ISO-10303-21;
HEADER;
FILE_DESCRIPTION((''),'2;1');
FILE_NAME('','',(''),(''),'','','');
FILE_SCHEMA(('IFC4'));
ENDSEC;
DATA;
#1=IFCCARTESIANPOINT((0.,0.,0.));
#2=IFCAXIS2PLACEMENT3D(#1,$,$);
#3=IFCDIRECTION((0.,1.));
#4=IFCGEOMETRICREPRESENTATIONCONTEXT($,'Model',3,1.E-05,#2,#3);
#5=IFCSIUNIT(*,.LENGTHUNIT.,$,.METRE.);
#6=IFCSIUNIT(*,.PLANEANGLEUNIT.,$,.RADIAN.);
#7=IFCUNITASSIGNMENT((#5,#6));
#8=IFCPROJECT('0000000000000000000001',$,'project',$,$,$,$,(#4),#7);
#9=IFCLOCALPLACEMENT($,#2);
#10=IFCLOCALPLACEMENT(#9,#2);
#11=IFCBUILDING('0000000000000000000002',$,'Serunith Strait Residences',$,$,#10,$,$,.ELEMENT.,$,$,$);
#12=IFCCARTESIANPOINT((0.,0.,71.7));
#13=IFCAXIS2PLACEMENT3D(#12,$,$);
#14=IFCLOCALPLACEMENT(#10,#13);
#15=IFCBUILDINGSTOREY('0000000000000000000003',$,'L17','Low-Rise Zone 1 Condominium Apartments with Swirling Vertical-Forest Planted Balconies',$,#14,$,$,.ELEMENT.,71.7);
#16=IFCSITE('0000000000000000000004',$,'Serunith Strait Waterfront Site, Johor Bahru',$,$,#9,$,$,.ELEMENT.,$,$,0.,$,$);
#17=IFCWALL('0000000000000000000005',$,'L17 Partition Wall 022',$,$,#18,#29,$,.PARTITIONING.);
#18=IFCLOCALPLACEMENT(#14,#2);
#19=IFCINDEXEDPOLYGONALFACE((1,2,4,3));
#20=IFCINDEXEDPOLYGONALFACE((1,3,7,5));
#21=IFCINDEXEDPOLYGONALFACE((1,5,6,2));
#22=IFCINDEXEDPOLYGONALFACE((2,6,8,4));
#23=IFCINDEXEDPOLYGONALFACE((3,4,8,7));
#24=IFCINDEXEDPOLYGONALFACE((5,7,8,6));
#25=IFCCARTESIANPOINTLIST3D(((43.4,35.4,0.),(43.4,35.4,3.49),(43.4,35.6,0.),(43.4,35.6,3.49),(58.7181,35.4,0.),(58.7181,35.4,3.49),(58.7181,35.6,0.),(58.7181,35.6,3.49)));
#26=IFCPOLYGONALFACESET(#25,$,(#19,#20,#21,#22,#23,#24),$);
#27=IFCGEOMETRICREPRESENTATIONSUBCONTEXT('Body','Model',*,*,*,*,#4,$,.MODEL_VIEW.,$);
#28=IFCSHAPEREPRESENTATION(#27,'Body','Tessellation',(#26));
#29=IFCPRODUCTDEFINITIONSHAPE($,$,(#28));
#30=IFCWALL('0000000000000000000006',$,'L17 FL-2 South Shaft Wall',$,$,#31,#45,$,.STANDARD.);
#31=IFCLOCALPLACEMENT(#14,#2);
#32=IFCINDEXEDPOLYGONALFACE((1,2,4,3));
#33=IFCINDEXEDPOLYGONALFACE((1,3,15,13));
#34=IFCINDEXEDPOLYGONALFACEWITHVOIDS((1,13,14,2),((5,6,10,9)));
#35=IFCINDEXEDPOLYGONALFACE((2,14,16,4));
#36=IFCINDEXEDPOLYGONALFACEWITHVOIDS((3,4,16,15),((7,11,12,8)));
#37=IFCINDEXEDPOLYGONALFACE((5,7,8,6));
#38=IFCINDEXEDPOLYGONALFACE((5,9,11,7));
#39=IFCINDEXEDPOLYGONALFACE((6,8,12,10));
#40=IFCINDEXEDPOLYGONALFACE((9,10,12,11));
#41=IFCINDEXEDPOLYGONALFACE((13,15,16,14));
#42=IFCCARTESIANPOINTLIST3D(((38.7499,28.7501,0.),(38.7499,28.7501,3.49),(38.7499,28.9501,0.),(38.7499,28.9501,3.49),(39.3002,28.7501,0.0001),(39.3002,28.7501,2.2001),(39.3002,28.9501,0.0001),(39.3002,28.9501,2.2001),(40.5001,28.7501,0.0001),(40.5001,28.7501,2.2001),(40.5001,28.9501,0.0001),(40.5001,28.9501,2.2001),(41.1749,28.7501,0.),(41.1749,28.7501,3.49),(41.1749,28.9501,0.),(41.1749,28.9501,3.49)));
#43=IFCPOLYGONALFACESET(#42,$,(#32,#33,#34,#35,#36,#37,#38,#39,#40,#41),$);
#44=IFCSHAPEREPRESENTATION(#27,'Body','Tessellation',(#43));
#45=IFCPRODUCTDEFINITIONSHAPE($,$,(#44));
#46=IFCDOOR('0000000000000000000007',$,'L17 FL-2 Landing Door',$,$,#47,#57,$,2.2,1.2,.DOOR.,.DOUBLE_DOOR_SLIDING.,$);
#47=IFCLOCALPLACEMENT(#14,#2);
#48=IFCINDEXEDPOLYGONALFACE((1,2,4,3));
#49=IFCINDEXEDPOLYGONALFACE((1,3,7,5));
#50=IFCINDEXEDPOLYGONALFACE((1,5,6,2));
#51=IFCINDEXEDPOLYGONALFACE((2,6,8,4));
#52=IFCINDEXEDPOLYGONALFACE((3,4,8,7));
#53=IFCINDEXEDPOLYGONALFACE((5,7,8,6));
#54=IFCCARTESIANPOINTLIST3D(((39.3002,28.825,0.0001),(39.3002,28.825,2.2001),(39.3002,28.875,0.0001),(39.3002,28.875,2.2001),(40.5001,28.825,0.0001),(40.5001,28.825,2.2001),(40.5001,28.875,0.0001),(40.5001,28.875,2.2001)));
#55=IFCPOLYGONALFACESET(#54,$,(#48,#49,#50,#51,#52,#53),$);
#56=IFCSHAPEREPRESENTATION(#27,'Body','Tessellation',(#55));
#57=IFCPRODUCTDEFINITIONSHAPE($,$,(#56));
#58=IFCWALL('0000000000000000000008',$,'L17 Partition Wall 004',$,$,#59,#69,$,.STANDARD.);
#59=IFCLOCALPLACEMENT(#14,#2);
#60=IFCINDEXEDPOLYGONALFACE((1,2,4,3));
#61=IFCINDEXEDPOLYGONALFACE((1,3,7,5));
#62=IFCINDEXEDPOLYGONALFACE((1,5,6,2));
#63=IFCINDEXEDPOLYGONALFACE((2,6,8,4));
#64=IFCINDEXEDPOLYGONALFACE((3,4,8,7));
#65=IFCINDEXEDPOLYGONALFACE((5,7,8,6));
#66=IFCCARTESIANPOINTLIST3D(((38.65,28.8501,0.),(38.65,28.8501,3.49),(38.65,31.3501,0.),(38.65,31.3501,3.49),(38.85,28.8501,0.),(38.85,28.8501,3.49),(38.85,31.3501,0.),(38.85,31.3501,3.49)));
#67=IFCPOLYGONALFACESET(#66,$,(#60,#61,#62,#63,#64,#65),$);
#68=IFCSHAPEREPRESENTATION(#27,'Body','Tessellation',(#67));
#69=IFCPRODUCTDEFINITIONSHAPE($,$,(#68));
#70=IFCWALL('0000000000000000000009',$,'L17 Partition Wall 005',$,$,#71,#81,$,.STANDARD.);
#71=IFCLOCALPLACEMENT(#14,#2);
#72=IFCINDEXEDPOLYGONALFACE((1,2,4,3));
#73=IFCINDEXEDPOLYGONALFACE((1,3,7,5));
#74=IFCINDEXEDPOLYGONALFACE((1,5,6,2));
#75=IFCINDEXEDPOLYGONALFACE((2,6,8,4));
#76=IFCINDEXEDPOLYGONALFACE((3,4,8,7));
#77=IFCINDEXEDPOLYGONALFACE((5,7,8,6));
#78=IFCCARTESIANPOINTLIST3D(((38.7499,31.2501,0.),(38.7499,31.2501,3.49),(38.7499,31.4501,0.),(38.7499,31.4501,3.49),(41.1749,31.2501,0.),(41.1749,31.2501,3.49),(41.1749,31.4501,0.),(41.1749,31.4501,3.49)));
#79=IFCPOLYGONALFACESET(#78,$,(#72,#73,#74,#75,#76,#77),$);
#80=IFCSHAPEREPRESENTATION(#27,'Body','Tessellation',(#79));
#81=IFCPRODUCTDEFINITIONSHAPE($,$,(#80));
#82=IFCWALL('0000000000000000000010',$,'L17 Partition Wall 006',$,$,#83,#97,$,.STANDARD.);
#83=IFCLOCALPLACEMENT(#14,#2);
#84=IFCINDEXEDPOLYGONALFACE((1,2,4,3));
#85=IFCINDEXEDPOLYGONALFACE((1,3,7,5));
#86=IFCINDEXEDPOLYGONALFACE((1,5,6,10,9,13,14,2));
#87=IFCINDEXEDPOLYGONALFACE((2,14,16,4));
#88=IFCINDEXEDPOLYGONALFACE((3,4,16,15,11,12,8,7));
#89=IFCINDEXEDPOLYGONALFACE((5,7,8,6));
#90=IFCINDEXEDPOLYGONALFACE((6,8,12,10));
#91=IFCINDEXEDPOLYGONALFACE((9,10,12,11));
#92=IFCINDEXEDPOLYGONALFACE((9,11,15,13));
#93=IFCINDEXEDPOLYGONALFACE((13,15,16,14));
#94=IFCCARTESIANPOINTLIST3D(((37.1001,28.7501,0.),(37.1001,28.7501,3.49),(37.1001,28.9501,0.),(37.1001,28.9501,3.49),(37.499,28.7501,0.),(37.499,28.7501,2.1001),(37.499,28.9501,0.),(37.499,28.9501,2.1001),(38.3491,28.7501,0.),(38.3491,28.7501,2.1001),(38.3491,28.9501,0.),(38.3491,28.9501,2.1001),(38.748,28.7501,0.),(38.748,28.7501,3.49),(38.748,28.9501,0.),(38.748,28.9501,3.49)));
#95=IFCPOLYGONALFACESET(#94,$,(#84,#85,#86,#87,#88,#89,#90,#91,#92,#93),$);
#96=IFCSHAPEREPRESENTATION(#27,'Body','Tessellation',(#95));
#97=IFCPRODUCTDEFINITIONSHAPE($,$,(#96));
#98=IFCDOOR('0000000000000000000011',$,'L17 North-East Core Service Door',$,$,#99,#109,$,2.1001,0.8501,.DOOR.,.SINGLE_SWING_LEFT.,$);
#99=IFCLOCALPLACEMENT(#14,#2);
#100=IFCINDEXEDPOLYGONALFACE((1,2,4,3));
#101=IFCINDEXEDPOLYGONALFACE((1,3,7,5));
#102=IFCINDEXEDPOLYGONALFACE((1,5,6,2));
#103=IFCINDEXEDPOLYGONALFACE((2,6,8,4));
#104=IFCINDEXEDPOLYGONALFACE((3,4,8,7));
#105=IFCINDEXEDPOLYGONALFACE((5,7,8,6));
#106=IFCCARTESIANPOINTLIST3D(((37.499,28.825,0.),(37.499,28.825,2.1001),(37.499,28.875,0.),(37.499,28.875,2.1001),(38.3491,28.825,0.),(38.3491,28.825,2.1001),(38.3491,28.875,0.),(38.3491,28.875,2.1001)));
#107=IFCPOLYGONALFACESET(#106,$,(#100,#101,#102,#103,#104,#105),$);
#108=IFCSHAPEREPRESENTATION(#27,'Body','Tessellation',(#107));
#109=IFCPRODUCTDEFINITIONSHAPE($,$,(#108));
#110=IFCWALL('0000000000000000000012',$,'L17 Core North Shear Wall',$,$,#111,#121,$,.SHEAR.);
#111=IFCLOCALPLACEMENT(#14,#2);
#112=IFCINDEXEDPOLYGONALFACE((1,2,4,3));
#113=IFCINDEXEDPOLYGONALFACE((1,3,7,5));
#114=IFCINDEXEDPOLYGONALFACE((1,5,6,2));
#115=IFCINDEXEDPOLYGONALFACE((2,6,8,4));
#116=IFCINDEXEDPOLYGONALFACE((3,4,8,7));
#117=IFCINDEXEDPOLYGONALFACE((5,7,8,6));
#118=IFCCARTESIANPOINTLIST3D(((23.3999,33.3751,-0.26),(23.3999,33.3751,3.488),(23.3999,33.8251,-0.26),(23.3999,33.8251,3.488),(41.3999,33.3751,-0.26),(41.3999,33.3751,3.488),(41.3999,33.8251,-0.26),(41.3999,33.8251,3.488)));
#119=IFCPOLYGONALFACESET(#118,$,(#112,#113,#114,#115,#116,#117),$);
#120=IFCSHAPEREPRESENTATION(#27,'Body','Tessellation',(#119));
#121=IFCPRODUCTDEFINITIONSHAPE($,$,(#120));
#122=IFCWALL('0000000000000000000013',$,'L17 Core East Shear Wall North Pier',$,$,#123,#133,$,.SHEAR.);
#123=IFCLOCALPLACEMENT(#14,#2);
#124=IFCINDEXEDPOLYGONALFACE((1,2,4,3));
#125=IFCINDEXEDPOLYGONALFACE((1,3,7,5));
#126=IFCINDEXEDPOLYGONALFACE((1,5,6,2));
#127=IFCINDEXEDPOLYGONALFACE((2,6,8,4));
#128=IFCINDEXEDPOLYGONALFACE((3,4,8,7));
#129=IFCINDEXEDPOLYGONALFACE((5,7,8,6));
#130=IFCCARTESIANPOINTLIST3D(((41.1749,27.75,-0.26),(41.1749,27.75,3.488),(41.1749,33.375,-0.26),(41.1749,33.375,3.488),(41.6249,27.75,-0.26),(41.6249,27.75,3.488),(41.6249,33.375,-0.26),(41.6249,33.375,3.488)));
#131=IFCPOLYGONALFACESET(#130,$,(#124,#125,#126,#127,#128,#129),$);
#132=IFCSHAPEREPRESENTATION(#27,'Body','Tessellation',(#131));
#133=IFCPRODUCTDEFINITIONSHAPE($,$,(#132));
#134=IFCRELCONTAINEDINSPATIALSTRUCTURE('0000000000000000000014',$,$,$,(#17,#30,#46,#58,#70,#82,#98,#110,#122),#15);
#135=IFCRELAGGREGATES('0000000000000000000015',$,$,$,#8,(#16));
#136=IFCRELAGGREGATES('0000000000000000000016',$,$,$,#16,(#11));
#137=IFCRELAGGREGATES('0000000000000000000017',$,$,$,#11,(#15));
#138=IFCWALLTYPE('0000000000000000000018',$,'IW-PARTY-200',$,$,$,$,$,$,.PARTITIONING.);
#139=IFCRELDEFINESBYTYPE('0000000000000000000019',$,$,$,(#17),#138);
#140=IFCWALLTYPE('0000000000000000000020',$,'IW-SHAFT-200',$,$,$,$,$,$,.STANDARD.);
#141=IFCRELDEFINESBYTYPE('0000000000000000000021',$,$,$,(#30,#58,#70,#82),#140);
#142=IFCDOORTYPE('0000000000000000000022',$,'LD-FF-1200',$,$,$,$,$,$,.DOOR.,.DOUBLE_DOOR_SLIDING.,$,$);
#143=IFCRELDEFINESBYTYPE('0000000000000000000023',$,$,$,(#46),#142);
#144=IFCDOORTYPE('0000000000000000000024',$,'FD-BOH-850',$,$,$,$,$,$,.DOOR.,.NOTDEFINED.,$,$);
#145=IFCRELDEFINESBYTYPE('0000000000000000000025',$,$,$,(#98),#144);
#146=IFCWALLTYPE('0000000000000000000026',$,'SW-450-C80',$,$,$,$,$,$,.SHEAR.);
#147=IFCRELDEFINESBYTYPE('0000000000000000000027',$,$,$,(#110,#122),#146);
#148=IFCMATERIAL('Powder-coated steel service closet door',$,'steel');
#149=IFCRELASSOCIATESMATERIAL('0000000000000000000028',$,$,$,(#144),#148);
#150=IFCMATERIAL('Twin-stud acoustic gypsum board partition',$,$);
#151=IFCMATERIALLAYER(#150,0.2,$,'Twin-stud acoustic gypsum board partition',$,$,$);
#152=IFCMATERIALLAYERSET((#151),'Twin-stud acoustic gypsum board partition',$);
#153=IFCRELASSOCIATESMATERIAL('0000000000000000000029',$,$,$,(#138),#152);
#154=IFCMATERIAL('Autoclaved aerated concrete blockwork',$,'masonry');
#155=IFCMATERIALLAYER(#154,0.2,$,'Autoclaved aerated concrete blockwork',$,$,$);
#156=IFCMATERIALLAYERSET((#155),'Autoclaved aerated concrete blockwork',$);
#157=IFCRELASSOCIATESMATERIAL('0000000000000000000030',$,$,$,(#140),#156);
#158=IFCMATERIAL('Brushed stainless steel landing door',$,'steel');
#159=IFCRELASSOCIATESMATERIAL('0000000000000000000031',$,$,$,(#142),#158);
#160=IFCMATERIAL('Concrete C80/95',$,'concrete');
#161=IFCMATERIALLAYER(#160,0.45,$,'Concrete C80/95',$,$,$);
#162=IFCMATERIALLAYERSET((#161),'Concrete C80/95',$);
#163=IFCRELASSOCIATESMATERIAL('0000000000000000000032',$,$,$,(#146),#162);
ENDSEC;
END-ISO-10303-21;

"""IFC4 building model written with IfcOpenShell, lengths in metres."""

from ifc_helpers import new_model, si_unit, direction, frame, frame_2d, origin, place, context, subcontext, project, spatial, rectangle, extrude, source, transform, mapped, material, layer, layer_set, type_object, element, fill, save


model = new_model("IFC4")

# Units and contexts
model_context = context("Model", 3, precision=1e-05, world=origin(), true_north=direction((0.0, 1.0)))
body_context = subcontext(model_context, "Body", "Model", "MODEL_VIEW")
ifc_project = project(units=[si_unit("LENGTHUNIT", "METRE"), si_unit("PLANEANGLEUNIT", "RADIAN")], contexts=[model_context])

# Site, building, storey
site_placement = place(None, origin())
site = spatial("IfcSite", under=ifc_project, at=site_placement, Name="Serunith Strait Waterfront Site, Johor Bahru", CompositionType="ELEMENT", RefElevation=0.0)
building_placement = place(site_placement, origin())
building = spatial("IfcBuilding", under=site, at=building_placement, Name="Serunith Strait Residences", CompositionType="ELEMENT")
storey_placement = place(building_placement, frame((0.0, 0.0, 71.7)))
storey = spatial("IfcBuildingStorey", under=building, at=storey_placement, Name="L17", Description="Low-Rise Zone 1 Condominium Apartments with Swirling Vertical-Forest Planted Balconies", CompositionType="ELEMENT", Elevation=71.7)

# Shared definitions
ifc_material_1 = material(Name="Powder-coated steel service closet door", Category="steel")
door_type_1 = type_object("IfcDoorType", Name="FD-BOH-850", OperationType="NOTDEFINED", PredefinedType="DOOR", material=ifc_material_1)
shared_shape_1 = source(origin(), body_context, "Body", "SweptSolid", [
    extrude(rectangle(XDim=0.8501, YDim=2.1001, at=frame_2d((0.425, 1.05))), frame((0.0, 0.0249, 0.0), z_axis=(0.0, -1.0, 0.0), x_axis=(1.0, 0.0, 0.0)), (0.0, 0.0, 1.0), 0.05),
])

# Wall
ifc_material_2 = material(Name="Twin-stud acoustic gypsum board partition")
ifc_layer_1 = layer(ifc_material_2, 0.2, Name="Twin-stud acoustic gypsum board partition")
ifc_layer_set_1 = layer_set([ifc_layer_1], Name="Twin-stud acoustic gypsum board partition")
wall_type_1 = type_object("IfcWallType", Name="IW-PARTY-200", PredefinedType="PARTITIONING", material=ifc_layer_set_1)
wall_1_placement = place(storey_placement, frame((43.3999, 35.5, 0.0), z_axis=(0.0, 0.0, 1.0), x_axis=(1.0, 0.0, 0.0)))
element("IfcWall", 1, at=wall_1_placement, inside=storey, type_object=wall_type_1, Name="L17 Partition Wall 022", PredefinedType="PARTITIONING", context=body_context, shape_type="SweptSolid", body=[
    extrude(rectangle(XDim=15.3181, YDim=0.2, at=frame_2d((7.6592, 0.0))), origin(), (0.0, 0.0, 1.0), 3.49),
])

# Wall, opening, door
ifc_material_3 = material(Name="Autoclaved aerated concrete blockwork", Category="masonry")
ifc_layer_2 = layer(ifc_material_3, 0.2, Name="Autoclaved aerated concrete blockwork")
ifc_layer_set_2 = layer_set([ifc_layer_2], Name="Autoclaved aerated concrete blockwork")
wall_type_2 = type_object("IfcWallType", Name="IW-SHAFT-200", PredefinedType="STANDARD", material=ifc_layer_set_2)
wall_2_placement = place(storey_placement, frame((38.75, 28.8501, 0.0), z_axis=(0.0, 0.0, 1.0), x_axis=(1.0, 0.0, 0.0)))
wall_2 = element("IfcWall", 2, at=wall_2_placement, inside=storey, type_object=wall_type_2, Name="L17 FL-2 South Shaft Wall", PredefinedType="STANDARD", context=body_context, shape_type="SweptSolid", body=[
    extrude(rectangle(XDim=2.425, YDim=0.2, at=frame_2d((1.2124, 0.0))), origin(), (0.0, 0.0, 1.0), 3.49),
])
opening_1_placement = place(wall_2_placement, frame((0.55, 0.0, 0.0)))
opening_1 = element("IfcOpeningElement", 3, at=opening_1_placement, cuts=wall_2, PredefinedType="OPENING", context=body_context, shape_type="SweptSolid", body=[
    extrude(rectangle(XDim=1.2, YDim=2.2, at=frame_2d((0.6001, 1.1001))), frame((0.0, 0.1099, 0.0), z_axis=(0.0, -1.0, 0.0), x_axis=(1.0, 0.0, 0.0)), (0.0, 0.0, 1.0), 0.22),
])
ifc_material_4 = material(Name="Brushed stainless steel landing door", Category="steel")
door_type_2 = type_object("IfcDoorType", Name="LD-FF-1200", OperationType="DOUBLE_DOOR_SLIDING", PredefinedType="DOOR", material=ifc_material_4)
shared_shape_2 = source(origin(), body_context, "Body", "SweptSolid", [
    extrude(rectangle(XDim=1.2, YDim=2.2, at=frame_2d((0.6001, 1.1001))), frame((0.0, 0.0249, 0.0), z_axis=(0.0, -1.0, 0.0), x_axis=(1.0, 0.0, 0.0)), (0.0, 0.0, 1.0), 0.05),
])
door_1_placement = place(opening_1_placement, origin())
door_1 = element("IfcDoor", 4, at=door_1_placement, inside=storey, type_object=door_type_2, Name="L17 FL-2 Landing Door", OperationType="DOUBLE_DOOR_SLIDING", OverallHeight=2.2, OverallWidth=1.2, PredefinedType="DOOR", context=body_context, shape_type="MappedRepresentation", body=[
    mapped(shared_shape_2, transform((0.0, 0.0, 0.0), scale=1.0)),
])
fill(opening_1, door_1)

# Walls
wall_3_placement = place(storey_placement, frame((38.75, 28.8501, 0.0), z_axis=(0.0, 0.0, 1.0), x_axis=(0.0, 1.0, 0.0)))
element("IfcWall", 5, at=wall_3_placement, inside=storey, type_object=wall_type_2, Name="L17 Partition Wall 004", PredefinedType="STANDARD", context=body_context, shape_type="SweptSolid", body=[
    extrude(rectangle(XDim=2.5, YDim=0.2, at=frame_2d((1.25, 0.0))), origin(), (0.0, 0.0, 1.0), 3.49),
])
wall_4_placement = place(storey_placement, frame((38.75, 31.3501, 0.0), z_axis=(0.0, 0.0, 1.0), x_axis=(1.0, 0.0, 0.0)))
element("IfcWall", 6, at=wall_4_placement, inside=storey, type_object=wall_type_2, Name="L17 Partition Wall 005", PredefinedType="STANDARD", context=body_context, shape_type="SweptSolid", body=[
    extrude(rectangle(XDim=2.425, YDim=0.2, at=frame_2d((1.2124, 0.0))), origin(), (0.0, 0.0, 1.0), 3.49),
])

# Wall, opening, door
wall_5_placement = place(storey_placement, frame((37.1001, 28.8501, 0.0), z_axis=(0.0, 0.0, 1.0), x_axis=(1.0, 0.0, 0.0)))
wall_5 = element("IfcWall", 7, at=wall_5_placement, inside=storey, type_object=wall_type_2, Name="L17 Partition Wall 006", PredefinedType="STANDARD", context=body_context, shape_type="SweptSolid", body=[
    extrude(rectangle(XDim=1.6479, YDim=0.2, at=frame_2d((0.824, 0.0))), origin(), (0.0, 0.0, 1.0), 3.49),
])
opening_2_placement = place(wall_5_placement, frame((0.3989, 0.0, 0.0)))
opening_2 = element("IfcOpeningElement", 8, at=opening_2_placement, cuts=wall_5, PredefinedType="OPENING", context=body_context, shape_type="SweptSolid", body=[
    extrude(rectangle(XDim=0.8501, YDim=2.1001, at=frame_2d((0.425, 1.05))), frame((0.0, 0.1099, 0.0), z_axis=(0.0, -1.0, 0.0), x_axis=(1.0, 0.0, 0.0)), (0.0, 0.0, 1.0), 0.22),
])
door_2_placement = place(opening_2_placement, origin())
door_2 = element("IfcDoor", 9, at=door_2_placement, inside=storey, type_object=door_type_1, Name="L17 North-East Core Service Door", OperationType="SINGLE_SWING_LEFT", OverallHeight=2.1001, OverallWidth=0.8501, PredefinedType="DOOR", context=body_context, shape_type="MappedRepresentation", body=[
    mapped(shared_shape_1, transform((0.0, 0.0, 0.0), scale=1.0)),
])
fill(opening_2, door_2)

# Walls
ifc_material_5 = material(Name="Concrete C80/95", Category="concrete")
ifc_layer_3 = layer(ifc_material_5, 0.45, Name="Concrete C80/95")
ifc_layer_set_3 = layer_set([ifc_layer_3], Name="Concrete C80/95")
wall_type_3 = type_object("IfcWallType", Name="SW-450-C80", PredefinedType="SHEAR", material=ifc_layer_set_3)
wall_6_placement = place(storey_placement, frame((41.3999, 33.6001, -0.26), z_axis=(0.0, 0.0, 1.0), x_axis=(-1.0, 0.0, 0.0)))
element("IfcWall", 10, at=wall_6_placement, inside=storey, type_object=wall_type_3, Name="L17 Core North Shear Wall", PredefinedType="SHEAR", context=body_context, shape_type="SweptSolid", body=[
    extrude(rectangle(XDim=18.0, YDim=0.45, at=frame_2d((9.0, 0.0))), origin(), (0.0, 0.0, 1.0), 3.748),
])
wall_7_placement = place(storey_placement, frame((41.3999, 27.75, -0.26), z_axis=(0.0, 0.0, 1.0), x_axis=(0.0, 1.0, 0.0)))
element("IfcWall", 11, at=wall_7_placement, inside=storey, type_object=wall_type_3, Name="L17 Core East Shear Wall North Pier", PredefinedType="SHEAR", context=body_context, shape_type="SweptSolid", body=[
    extrude(rectangle(XDim=5.625, YDim=0.45, at=frame_2d((2.8125, 0.0))), origin(), (0.0, 0.0, 1.0), 3.748),
])

save(model, "model.ifc")
